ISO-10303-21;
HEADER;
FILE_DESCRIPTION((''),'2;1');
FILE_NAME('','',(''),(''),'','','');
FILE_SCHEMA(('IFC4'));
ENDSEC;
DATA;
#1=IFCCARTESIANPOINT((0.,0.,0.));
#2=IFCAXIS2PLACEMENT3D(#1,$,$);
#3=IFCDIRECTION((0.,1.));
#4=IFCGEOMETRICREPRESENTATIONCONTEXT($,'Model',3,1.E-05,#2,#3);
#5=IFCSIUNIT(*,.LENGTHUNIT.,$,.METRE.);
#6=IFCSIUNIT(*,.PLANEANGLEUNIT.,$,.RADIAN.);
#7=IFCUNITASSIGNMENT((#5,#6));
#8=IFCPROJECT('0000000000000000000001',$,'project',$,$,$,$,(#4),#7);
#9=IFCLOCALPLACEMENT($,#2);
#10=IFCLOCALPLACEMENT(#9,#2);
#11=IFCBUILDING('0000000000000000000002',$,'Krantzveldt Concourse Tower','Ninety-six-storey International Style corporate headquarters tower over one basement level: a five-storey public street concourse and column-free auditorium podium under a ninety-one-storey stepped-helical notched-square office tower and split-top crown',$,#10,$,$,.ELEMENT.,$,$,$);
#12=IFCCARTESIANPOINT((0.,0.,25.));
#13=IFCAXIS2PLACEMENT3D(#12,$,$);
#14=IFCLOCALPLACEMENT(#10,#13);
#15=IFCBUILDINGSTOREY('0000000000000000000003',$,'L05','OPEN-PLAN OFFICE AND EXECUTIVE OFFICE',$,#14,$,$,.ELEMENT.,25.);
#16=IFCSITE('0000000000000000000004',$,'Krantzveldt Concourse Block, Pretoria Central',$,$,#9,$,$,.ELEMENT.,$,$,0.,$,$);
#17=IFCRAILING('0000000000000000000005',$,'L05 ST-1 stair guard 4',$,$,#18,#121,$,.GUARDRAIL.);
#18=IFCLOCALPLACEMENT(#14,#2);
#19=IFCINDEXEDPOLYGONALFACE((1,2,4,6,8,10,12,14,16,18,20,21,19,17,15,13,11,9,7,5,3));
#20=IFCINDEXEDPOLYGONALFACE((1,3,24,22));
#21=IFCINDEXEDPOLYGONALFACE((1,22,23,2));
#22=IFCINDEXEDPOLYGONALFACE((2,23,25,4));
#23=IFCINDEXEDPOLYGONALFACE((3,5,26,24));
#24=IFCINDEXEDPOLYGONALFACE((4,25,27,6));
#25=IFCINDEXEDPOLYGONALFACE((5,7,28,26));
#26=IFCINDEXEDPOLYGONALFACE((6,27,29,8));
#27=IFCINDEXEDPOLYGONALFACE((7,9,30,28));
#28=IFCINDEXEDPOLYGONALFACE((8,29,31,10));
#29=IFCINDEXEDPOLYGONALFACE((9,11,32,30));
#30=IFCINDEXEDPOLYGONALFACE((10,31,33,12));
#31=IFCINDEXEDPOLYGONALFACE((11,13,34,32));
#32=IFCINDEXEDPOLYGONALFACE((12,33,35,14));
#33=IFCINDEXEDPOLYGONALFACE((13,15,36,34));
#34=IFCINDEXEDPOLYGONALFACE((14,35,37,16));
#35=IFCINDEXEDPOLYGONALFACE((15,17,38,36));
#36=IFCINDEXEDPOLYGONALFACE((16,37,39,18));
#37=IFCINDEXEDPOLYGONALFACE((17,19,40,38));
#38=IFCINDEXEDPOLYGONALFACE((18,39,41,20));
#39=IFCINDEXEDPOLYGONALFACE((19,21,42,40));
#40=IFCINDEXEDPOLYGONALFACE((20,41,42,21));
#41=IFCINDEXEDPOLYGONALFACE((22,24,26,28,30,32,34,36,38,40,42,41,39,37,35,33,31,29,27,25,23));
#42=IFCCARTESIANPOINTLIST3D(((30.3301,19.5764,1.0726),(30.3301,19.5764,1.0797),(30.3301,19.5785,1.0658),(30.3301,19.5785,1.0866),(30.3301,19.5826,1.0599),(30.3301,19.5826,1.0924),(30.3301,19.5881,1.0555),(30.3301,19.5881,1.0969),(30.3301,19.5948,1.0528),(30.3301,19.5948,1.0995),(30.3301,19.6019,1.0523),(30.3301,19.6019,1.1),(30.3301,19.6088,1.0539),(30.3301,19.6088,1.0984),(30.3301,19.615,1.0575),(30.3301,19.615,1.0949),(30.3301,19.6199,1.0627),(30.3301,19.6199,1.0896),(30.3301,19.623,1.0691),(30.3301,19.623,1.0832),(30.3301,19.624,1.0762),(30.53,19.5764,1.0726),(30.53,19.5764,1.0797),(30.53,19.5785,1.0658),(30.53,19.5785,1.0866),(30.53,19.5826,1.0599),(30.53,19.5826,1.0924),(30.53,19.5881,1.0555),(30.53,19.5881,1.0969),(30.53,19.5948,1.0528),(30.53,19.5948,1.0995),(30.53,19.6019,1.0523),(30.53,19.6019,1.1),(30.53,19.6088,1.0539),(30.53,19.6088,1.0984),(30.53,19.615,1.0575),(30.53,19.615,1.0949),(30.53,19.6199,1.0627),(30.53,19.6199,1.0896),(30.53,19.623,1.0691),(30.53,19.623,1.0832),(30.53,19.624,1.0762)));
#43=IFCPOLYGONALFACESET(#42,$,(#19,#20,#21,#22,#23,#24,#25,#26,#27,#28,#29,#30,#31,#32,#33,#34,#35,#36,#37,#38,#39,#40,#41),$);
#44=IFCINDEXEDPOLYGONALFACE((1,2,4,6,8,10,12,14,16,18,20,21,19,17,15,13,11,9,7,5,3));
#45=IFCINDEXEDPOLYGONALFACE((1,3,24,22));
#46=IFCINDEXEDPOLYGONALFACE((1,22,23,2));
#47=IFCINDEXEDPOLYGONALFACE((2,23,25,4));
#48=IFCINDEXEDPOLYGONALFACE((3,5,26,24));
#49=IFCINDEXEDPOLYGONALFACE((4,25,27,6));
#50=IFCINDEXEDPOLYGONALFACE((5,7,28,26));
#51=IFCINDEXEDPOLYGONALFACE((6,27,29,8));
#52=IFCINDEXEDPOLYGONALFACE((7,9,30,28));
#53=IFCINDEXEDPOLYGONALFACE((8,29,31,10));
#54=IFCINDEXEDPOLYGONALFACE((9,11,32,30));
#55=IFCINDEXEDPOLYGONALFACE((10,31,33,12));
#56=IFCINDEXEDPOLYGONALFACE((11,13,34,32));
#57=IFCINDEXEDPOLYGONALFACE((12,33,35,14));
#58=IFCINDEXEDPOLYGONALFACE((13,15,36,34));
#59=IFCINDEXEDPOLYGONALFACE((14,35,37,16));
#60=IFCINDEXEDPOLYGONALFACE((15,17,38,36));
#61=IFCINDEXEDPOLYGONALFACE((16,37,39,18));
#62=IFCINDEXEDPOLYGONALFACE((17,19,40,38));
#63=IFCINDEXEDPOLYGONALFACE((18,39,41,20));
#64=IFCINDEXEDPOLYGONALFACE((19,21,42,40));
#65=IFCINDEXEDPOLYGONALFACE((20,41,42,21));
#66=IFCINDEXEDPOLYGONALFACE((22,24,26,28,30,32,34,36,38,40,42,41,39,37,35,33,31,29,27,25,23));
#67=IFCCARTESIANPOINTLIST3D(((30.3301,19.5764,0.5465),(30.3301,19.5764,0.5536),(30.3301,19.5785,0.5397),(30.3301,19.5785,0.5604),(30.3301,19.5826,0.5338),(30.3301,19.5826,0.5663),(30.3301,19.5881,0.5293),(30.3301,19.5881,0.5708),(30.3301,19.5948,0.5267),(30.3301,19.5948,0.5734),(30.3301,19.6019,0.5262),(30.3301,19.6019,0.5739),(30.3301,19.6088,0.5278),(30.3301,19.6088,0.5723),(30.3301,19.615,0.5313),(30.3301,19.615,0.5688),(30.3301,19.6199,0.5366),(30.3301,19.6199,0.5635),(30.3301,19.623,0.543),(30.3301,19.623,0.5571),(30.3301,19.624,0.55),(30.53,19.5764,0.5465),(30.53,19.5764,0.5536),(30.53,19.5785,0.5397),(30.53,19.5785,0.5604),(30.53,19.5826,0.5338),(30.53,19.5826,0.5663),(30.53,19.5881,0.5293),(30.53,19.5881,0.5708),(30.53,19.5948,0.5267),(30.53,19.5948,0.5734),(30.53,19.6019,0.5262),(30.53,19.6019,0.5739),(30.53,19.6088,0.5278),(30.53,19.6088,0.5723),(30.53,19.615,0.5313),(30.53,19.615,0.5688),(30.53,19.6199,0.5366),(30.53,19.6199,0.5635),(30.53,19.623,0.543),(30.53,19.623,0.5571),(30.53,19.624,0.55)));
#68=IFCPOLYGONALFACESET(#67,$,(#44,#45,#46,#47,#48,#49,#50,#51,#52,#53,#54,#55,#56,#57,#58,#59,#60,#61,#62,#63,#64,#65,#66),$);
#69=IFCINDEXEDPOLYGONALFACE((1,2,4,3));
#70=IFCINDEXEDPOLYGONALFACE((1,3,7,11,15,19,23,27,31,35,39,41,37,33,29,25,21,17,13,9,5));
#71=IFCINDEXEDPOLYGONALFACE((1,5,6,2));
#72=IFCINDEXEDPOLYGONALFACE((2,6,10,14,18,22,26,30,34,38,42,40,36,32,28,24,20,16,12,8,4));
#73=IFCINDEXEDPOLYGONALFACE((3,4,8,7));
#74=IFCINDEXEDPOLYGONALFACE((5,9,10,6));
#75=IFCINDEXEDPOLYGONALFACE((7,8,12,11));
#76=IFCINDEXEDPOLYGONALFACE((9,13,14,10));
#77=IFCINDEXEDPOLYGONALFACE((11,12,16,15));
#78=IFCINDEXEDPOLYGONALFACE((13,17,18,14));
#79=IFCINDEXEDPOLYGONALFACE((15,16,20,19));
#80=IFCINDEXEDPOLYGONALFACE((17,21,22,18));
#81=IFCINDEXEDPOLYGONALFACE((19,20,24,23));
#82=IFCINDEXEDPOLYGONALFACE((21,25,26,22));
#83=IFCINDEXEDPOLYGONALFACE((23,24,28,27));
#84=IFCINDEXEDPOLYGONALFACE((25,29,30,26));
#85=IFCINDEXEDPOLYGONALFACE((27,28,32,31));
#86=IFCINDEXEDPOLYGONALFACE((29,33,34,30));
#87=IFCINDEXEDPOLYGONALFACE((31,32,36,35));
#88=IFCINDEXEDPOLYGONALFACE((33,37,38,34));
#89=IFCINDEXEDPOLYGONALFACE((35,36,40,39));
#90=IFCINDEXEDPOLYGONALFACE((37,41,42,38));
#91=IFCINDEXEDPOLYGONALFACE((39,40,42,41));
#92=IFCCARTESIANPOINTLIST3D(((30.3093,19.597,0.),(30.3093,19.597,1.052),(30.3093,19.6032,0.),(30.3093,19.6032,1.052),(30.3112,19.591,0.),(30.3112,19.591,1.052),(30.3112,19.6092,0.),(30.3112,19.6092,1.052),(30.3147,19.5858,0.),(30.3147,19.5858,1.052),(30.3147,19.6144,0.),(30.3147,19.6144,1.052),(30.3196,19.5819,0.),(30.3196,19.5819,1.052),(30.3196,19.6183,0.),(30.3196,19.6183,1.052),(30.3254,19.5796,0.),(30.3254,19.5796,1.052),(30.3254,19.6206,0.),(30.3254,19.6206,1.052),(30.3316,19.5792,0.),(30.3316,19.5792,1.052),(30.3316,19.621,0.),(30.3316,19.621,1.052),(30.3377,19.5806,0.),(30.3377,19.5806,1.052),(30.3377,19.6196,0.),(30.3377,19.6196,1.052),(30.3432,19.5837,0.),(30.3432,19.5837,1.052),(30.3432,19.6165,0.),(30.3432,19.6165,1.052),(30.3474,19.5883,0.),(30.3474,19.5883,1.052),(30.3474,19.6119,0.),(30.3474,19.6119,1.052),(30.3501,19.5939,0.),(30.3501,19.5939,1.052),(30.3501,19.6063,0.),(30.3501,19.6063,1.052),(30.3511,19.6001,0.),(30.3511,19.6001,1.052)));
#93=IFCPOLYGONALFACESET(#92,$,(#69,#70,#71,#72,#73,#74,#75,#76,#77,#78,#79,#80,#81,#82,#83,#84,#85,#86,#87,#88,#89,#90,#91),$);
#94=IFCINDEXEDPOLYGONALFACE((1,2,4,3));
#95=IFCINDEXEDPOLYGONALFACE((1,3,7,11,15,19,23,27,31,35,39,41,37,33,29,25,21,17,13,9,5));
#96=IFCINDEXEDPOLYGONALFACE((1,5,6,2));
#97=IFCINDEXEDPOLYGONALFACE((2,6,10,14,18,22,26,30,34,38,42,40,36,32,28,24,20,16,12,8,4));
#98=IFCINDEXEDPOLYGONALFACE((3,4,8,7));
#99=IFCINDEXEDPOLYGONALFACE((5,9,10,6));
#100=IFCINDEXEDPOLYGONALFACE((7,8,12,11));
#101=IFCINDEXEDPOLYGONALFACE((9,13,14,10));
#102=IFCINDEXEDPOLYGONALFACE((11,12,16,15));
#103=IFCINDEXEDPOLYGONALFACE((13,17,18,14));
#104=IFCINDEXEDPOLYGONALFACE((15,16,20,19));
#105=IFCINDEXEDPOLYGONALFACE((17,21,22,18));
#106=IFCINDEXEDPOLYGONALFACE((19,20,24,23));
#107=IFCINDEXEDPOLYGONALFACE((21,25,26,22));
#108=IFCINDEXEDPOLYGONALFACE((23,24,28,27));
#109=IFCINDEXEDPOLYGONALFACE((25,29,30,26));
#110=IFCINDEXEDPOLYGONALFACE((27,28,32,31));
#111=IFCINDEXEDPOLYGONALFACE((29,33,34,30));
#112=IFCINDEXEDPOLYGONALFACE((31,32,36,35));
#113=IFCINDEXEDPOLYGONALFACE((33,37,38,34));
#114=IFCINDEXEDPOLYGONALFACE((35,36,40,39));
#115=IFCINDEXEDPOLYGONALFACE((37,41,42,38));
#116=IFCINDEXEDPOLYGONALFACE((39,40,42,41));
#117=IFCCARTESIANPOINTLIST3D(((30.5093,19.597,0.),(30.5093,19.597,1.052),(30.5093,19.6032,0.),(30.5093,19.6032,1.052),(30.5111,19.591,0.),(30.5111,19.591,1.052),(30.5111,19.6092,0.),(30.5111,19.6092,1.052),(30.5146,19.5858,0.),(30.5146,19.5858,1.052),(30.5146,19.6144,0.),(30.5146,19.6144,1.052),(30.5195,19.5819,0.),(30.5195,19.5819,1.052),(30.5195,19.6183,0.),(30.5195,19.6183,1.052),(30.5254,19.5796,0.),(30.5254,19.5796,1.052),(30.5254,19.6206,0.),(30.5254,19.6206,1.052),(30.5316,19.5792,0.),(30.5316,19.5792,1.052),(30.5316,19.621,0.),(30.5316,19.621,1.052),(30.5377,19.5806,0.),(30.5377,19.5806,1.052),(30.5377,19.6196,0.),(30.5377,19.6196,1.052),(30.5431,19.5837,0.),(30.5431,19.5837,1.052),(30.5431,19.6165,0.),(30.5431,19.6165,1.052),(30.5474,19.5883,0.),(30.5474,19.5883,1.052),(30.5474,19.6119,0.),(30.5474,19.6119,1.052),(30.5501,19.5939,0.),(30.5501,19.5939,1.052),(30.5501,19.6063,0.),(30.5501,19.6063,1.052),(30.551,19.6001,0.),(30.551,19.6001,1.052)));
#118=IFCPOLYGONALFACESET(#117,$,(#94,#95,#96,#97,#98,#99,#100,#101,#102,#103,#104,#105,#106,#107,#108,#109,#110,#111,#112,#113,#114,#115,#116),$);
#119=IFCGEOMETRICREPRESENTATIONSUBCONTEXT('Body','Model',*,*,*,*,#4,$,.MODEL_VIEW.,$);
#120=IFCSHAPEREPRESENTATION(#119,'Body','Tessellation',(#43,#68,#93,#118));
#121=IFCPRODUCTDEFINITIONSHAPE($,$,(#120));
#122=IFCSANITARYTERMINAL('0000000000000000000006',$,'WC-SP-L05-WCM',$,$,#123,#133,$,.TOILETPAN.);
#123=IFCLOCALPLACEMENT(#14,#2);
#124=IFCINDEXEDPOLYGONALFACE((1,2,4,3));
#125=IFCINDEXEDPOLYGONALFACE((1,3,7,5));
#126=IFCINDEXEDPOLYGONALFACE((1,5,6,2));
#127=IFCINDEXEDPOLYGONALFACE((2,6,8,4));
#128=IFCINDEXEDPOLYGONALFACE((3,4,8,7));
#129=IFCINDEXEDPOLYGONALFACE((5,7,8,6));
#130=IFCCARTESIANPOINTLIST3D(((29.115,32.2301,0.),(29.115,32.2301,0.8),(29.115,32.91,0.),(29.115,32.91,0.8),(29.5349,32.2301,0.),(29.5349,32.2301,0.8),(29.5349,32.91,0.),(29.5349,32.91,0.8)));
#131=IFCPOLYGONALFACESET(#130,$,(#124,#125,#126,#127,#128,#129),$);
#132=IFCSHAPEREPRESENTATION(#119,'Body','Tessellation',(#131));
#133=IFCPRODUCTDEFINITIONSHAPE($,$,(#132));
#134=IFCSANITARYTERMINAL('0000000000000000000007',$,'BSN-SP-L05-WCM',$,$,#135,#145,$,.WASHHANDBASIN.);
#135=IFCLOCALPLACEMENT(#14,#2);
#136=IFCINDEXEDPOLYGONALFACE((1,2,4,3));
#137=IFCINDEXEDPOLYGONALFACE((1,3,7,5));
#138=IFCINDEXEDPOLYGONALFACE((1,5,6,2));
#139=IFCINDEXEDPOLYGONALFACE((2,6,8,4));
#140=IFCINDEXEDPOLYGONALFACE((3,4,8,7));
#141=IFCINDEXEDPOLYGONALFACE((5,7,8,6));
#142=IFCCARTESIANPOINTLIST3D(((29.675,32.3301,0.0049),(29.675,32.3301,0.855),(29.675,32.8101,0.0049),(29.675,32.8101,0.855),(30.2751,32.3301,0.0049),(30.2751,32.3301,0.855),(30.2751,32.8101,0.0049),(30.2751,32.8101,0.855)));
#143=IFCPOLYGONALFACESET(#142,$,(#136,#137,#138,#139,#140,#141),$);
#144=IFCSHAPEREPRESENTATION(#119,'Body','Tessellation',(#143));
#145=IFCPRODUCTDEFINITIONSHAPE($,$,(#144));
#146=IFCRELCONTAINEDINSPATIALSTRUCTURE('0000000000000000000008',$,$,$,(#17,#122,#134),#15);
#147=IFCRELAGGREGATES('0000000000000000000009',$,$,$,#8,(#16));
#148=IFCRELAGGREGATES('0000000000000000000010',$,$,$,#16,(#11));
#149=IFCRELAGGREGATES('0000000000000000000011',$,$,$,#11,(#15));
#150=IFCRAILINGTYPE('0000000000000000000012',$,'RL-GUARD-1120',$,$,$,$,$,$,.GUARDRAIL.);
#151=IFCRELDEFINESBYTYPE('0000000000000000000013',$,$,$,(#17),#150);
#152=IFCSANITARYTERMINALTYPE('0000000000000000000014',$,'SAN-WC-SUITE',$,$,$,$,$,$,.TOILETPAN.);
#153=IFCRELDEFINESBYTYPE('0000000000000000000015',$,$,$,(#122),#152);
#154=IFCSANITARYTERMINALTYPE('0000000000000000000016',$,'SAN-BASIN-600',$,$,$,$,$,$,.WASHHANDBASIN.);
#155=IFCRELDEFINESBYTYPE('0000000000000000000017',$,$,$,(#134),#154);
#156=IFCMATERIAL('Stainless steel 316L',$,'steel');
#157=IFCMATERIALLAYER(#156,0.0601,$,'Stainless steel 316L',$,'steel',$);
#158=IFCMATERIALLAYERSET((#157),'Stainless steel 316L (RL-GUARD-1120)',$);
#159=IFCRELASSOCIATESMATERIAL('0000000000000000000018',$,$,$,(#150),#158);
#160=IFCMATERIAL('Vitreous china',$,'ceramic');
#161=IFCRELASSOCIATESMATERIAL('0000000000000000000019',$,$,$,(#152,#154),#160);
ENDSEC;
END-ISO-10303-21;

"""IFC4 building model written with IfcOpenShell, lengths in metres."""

from ifc_helpers import new_model, si_unit, direction, frame, origin, origin_2d, place, context, subcontext, project, spatial, rectangle, circle, extrude, source, transform, mapped, material, layer, layer_set, type_object, type_shapes, element, save


model = new_model("IFC4")

# Units and contexts
model_context = context("Model", 3, precision=1e-05, world=origin(), true_north=direction((0.0, 1.0)))
body_context = subcontext(model_context, "Body", "Model", "MODEL_VIEW")
ifc_project = project(units=[si_unit("LENGTHUNIT", "METRE"), si_unit("PLANEANGLEUNIT", "RADIAN")], contexts=[model_context])

# Site, building, storey
site_placement = place(None, origin())
site = spatial("IfcSite", under=ifc_project, at=site_placement, Name="Krantzveldt Concourse Block, Pretoria Central", CompositionType="ELEMENT", RefElevation=0.0)
building_placement = place(site_placement, origin())
building = spatial("IfcBuilding", under=site, at=building_placement, Name="Krantzveldt Concourse Tower", Description="Ninety-six-storey International Style corporate headquarters tower over one basement level: a five-storey public street concourse and column-free auditorium podium under a ninety-one-storey stepped-helical notched-square office tower and split-top crown", CompositionType="ELEMENT")
storey_placement = place(building_placement, frame((0.0, 0.0, 25.0)))
storey = spatial("IfcBuildingStorey", under=building, at=storey_placement, Name="L05", Description="OPEN-PLAN OFFICE AND EXECUTIVE OFFICE", CompositionType="ELEMENT", Elevation=25.0)

# Railing
ifc_material_1 = material(Name="Stainless steel 316L", Category="steel")
ifc_layer_1 = layer(ifc_material_1, 0.0601, Name="Stainless steel 316L", Category="steel")
ifc_layer_set_1 = layer_set([ifc_layer_1], Name="Stainless steel 316L (RL-GUARD-1120)")
railing_type = type_object("IfcRailingType", Name="RL-GUARD-1120", PredefinedType="GUARDRAIL", material=ifc_layer_set_1)
railing_1_placement = place(storey_placement, frame((30.3301, 19.6001, 0.0)))
element("IfcRailing", 1, at=railing_1_placement, inside=storey, type_object=railing_type, Name="L05 ST-1 stair guard 4", PredefinedType="GUARDRAIL", context=body_context, shape_type="SweptSolid", body=[
    extrude(circle(Radius=0.0239, at=origin_2d()), frame((0.0, 0.0, 1.0762), z_axis=(1.0, 0.0, 0.0), x_axis=(0.0, 1.0, 0.0)), (0.0, 0.0, 1.0), 0.2),
    extrude(circle(Radius=0.0239, at=origin_2d()), frame((0.0, 0.0, 0.55), z_axis=(1.0, 0.0, 0.0), x_axis=(0.0, 1.0, 0.0)), (0.0, 0.0, 1.0), 0.2),
    extrude(circle(Radius=0.021, at=origin_2d()), origin(), (0.0, 0.0, 1.0), 1.052),
    extrude(circle(Radius=0.021, at=origin_2d()), frame((0.2, 0.0, 0.0)), (0.0, 0.0, 1.0), 1.052),
])

# Sanitary terminals
ifc_material_2 = material(Name="Vitreous china", Category="ceramic")
sanitary_terminal_type_1 = type_object("IfcSanitaryTerminalType", Name="SAN-WC-SUITE", PredefinedType="TOILETPAN", material=ifc_material_2)
shared_shape_1 = source(origin(), body_context, "Body", "SweptSolid", [
    extrude(rectangle(XDim=0.4199, YDim=0.6799, at=origin_2d()), origin(), (0.0, 0.0, 1.0), 0.8),
])
type_shapes(sanitary_terminal_type_1, [shared_shape_1])
sanitary_terminal_1_placement = place(storey_placement, frame((29.325, 32.5701, 0.0), z_axis=(0.0, 0.0, 1.0), x_axis=(1.0, 0.0, 0.0)))
element("IfcSanitaryTerminal", 2, at=sanitary_terminal_1_placement, inside=storey, type_object=sanitary_terminal_type_1, Name="WC-SP-L05-WCM", PredefinedType="TOILETPAN", context=body_context, shape_type="MappedRepresentation", body=[
    mapped(shared_shape_1, transform((0.0, 0.0, 0.0), x_axis=(1.0, 0.0, 0.0), y_axis=(0.0, 1.0, 0.0), z_axis=(0.0, 0.0, 1.0), scale=1.0)),
])
sanitary_terminal_type_2 = type_object("IfcSanitaryTerminalType", Name="SAN-BASIN-600", PredefinedType="WASHHANDBASIN", material=ifc_material_2)
shared_shape_2 = source(origin(), body_context, "Body", "SweptSolid", [
    extrude(rectangle(XDim=0.6001, YDim=0.48, at=origin_2d()), origin(), (0.0, 0.0, 1.0), 0.8501),
])
type_shapes(sanitary_terminal_type_2, [shared_shape_2])
sanitary_terminal_2_placement = place(storey_placement, frame((29.9751, 32.5701, 0.0049), z_axis=(0.0, 0.0, 1.0), x_axis=(1.0, 0.0, 0.0)))
element("IfcSanitaryTerminal", 3, at=sanitary_terminal_2_placement, inside=storey, type_object=sanitary_terminal_type_2, Name="BSN-SP-L05-WCM", PredefinedType="WASHHANDBASIN", context=body_context, shape_type="MappedRepresentation", body=[
    mapped(shared_shape_2, transform((0.0, 0.0, 0.0), x_axis=(1.0, 0.0, 0.0), y_axis=(0.0, 1.0, 0.0), z_axis=(0.0, 0.0, 1.0), scale=1.0)),
])

save(model, "model.ifc")
